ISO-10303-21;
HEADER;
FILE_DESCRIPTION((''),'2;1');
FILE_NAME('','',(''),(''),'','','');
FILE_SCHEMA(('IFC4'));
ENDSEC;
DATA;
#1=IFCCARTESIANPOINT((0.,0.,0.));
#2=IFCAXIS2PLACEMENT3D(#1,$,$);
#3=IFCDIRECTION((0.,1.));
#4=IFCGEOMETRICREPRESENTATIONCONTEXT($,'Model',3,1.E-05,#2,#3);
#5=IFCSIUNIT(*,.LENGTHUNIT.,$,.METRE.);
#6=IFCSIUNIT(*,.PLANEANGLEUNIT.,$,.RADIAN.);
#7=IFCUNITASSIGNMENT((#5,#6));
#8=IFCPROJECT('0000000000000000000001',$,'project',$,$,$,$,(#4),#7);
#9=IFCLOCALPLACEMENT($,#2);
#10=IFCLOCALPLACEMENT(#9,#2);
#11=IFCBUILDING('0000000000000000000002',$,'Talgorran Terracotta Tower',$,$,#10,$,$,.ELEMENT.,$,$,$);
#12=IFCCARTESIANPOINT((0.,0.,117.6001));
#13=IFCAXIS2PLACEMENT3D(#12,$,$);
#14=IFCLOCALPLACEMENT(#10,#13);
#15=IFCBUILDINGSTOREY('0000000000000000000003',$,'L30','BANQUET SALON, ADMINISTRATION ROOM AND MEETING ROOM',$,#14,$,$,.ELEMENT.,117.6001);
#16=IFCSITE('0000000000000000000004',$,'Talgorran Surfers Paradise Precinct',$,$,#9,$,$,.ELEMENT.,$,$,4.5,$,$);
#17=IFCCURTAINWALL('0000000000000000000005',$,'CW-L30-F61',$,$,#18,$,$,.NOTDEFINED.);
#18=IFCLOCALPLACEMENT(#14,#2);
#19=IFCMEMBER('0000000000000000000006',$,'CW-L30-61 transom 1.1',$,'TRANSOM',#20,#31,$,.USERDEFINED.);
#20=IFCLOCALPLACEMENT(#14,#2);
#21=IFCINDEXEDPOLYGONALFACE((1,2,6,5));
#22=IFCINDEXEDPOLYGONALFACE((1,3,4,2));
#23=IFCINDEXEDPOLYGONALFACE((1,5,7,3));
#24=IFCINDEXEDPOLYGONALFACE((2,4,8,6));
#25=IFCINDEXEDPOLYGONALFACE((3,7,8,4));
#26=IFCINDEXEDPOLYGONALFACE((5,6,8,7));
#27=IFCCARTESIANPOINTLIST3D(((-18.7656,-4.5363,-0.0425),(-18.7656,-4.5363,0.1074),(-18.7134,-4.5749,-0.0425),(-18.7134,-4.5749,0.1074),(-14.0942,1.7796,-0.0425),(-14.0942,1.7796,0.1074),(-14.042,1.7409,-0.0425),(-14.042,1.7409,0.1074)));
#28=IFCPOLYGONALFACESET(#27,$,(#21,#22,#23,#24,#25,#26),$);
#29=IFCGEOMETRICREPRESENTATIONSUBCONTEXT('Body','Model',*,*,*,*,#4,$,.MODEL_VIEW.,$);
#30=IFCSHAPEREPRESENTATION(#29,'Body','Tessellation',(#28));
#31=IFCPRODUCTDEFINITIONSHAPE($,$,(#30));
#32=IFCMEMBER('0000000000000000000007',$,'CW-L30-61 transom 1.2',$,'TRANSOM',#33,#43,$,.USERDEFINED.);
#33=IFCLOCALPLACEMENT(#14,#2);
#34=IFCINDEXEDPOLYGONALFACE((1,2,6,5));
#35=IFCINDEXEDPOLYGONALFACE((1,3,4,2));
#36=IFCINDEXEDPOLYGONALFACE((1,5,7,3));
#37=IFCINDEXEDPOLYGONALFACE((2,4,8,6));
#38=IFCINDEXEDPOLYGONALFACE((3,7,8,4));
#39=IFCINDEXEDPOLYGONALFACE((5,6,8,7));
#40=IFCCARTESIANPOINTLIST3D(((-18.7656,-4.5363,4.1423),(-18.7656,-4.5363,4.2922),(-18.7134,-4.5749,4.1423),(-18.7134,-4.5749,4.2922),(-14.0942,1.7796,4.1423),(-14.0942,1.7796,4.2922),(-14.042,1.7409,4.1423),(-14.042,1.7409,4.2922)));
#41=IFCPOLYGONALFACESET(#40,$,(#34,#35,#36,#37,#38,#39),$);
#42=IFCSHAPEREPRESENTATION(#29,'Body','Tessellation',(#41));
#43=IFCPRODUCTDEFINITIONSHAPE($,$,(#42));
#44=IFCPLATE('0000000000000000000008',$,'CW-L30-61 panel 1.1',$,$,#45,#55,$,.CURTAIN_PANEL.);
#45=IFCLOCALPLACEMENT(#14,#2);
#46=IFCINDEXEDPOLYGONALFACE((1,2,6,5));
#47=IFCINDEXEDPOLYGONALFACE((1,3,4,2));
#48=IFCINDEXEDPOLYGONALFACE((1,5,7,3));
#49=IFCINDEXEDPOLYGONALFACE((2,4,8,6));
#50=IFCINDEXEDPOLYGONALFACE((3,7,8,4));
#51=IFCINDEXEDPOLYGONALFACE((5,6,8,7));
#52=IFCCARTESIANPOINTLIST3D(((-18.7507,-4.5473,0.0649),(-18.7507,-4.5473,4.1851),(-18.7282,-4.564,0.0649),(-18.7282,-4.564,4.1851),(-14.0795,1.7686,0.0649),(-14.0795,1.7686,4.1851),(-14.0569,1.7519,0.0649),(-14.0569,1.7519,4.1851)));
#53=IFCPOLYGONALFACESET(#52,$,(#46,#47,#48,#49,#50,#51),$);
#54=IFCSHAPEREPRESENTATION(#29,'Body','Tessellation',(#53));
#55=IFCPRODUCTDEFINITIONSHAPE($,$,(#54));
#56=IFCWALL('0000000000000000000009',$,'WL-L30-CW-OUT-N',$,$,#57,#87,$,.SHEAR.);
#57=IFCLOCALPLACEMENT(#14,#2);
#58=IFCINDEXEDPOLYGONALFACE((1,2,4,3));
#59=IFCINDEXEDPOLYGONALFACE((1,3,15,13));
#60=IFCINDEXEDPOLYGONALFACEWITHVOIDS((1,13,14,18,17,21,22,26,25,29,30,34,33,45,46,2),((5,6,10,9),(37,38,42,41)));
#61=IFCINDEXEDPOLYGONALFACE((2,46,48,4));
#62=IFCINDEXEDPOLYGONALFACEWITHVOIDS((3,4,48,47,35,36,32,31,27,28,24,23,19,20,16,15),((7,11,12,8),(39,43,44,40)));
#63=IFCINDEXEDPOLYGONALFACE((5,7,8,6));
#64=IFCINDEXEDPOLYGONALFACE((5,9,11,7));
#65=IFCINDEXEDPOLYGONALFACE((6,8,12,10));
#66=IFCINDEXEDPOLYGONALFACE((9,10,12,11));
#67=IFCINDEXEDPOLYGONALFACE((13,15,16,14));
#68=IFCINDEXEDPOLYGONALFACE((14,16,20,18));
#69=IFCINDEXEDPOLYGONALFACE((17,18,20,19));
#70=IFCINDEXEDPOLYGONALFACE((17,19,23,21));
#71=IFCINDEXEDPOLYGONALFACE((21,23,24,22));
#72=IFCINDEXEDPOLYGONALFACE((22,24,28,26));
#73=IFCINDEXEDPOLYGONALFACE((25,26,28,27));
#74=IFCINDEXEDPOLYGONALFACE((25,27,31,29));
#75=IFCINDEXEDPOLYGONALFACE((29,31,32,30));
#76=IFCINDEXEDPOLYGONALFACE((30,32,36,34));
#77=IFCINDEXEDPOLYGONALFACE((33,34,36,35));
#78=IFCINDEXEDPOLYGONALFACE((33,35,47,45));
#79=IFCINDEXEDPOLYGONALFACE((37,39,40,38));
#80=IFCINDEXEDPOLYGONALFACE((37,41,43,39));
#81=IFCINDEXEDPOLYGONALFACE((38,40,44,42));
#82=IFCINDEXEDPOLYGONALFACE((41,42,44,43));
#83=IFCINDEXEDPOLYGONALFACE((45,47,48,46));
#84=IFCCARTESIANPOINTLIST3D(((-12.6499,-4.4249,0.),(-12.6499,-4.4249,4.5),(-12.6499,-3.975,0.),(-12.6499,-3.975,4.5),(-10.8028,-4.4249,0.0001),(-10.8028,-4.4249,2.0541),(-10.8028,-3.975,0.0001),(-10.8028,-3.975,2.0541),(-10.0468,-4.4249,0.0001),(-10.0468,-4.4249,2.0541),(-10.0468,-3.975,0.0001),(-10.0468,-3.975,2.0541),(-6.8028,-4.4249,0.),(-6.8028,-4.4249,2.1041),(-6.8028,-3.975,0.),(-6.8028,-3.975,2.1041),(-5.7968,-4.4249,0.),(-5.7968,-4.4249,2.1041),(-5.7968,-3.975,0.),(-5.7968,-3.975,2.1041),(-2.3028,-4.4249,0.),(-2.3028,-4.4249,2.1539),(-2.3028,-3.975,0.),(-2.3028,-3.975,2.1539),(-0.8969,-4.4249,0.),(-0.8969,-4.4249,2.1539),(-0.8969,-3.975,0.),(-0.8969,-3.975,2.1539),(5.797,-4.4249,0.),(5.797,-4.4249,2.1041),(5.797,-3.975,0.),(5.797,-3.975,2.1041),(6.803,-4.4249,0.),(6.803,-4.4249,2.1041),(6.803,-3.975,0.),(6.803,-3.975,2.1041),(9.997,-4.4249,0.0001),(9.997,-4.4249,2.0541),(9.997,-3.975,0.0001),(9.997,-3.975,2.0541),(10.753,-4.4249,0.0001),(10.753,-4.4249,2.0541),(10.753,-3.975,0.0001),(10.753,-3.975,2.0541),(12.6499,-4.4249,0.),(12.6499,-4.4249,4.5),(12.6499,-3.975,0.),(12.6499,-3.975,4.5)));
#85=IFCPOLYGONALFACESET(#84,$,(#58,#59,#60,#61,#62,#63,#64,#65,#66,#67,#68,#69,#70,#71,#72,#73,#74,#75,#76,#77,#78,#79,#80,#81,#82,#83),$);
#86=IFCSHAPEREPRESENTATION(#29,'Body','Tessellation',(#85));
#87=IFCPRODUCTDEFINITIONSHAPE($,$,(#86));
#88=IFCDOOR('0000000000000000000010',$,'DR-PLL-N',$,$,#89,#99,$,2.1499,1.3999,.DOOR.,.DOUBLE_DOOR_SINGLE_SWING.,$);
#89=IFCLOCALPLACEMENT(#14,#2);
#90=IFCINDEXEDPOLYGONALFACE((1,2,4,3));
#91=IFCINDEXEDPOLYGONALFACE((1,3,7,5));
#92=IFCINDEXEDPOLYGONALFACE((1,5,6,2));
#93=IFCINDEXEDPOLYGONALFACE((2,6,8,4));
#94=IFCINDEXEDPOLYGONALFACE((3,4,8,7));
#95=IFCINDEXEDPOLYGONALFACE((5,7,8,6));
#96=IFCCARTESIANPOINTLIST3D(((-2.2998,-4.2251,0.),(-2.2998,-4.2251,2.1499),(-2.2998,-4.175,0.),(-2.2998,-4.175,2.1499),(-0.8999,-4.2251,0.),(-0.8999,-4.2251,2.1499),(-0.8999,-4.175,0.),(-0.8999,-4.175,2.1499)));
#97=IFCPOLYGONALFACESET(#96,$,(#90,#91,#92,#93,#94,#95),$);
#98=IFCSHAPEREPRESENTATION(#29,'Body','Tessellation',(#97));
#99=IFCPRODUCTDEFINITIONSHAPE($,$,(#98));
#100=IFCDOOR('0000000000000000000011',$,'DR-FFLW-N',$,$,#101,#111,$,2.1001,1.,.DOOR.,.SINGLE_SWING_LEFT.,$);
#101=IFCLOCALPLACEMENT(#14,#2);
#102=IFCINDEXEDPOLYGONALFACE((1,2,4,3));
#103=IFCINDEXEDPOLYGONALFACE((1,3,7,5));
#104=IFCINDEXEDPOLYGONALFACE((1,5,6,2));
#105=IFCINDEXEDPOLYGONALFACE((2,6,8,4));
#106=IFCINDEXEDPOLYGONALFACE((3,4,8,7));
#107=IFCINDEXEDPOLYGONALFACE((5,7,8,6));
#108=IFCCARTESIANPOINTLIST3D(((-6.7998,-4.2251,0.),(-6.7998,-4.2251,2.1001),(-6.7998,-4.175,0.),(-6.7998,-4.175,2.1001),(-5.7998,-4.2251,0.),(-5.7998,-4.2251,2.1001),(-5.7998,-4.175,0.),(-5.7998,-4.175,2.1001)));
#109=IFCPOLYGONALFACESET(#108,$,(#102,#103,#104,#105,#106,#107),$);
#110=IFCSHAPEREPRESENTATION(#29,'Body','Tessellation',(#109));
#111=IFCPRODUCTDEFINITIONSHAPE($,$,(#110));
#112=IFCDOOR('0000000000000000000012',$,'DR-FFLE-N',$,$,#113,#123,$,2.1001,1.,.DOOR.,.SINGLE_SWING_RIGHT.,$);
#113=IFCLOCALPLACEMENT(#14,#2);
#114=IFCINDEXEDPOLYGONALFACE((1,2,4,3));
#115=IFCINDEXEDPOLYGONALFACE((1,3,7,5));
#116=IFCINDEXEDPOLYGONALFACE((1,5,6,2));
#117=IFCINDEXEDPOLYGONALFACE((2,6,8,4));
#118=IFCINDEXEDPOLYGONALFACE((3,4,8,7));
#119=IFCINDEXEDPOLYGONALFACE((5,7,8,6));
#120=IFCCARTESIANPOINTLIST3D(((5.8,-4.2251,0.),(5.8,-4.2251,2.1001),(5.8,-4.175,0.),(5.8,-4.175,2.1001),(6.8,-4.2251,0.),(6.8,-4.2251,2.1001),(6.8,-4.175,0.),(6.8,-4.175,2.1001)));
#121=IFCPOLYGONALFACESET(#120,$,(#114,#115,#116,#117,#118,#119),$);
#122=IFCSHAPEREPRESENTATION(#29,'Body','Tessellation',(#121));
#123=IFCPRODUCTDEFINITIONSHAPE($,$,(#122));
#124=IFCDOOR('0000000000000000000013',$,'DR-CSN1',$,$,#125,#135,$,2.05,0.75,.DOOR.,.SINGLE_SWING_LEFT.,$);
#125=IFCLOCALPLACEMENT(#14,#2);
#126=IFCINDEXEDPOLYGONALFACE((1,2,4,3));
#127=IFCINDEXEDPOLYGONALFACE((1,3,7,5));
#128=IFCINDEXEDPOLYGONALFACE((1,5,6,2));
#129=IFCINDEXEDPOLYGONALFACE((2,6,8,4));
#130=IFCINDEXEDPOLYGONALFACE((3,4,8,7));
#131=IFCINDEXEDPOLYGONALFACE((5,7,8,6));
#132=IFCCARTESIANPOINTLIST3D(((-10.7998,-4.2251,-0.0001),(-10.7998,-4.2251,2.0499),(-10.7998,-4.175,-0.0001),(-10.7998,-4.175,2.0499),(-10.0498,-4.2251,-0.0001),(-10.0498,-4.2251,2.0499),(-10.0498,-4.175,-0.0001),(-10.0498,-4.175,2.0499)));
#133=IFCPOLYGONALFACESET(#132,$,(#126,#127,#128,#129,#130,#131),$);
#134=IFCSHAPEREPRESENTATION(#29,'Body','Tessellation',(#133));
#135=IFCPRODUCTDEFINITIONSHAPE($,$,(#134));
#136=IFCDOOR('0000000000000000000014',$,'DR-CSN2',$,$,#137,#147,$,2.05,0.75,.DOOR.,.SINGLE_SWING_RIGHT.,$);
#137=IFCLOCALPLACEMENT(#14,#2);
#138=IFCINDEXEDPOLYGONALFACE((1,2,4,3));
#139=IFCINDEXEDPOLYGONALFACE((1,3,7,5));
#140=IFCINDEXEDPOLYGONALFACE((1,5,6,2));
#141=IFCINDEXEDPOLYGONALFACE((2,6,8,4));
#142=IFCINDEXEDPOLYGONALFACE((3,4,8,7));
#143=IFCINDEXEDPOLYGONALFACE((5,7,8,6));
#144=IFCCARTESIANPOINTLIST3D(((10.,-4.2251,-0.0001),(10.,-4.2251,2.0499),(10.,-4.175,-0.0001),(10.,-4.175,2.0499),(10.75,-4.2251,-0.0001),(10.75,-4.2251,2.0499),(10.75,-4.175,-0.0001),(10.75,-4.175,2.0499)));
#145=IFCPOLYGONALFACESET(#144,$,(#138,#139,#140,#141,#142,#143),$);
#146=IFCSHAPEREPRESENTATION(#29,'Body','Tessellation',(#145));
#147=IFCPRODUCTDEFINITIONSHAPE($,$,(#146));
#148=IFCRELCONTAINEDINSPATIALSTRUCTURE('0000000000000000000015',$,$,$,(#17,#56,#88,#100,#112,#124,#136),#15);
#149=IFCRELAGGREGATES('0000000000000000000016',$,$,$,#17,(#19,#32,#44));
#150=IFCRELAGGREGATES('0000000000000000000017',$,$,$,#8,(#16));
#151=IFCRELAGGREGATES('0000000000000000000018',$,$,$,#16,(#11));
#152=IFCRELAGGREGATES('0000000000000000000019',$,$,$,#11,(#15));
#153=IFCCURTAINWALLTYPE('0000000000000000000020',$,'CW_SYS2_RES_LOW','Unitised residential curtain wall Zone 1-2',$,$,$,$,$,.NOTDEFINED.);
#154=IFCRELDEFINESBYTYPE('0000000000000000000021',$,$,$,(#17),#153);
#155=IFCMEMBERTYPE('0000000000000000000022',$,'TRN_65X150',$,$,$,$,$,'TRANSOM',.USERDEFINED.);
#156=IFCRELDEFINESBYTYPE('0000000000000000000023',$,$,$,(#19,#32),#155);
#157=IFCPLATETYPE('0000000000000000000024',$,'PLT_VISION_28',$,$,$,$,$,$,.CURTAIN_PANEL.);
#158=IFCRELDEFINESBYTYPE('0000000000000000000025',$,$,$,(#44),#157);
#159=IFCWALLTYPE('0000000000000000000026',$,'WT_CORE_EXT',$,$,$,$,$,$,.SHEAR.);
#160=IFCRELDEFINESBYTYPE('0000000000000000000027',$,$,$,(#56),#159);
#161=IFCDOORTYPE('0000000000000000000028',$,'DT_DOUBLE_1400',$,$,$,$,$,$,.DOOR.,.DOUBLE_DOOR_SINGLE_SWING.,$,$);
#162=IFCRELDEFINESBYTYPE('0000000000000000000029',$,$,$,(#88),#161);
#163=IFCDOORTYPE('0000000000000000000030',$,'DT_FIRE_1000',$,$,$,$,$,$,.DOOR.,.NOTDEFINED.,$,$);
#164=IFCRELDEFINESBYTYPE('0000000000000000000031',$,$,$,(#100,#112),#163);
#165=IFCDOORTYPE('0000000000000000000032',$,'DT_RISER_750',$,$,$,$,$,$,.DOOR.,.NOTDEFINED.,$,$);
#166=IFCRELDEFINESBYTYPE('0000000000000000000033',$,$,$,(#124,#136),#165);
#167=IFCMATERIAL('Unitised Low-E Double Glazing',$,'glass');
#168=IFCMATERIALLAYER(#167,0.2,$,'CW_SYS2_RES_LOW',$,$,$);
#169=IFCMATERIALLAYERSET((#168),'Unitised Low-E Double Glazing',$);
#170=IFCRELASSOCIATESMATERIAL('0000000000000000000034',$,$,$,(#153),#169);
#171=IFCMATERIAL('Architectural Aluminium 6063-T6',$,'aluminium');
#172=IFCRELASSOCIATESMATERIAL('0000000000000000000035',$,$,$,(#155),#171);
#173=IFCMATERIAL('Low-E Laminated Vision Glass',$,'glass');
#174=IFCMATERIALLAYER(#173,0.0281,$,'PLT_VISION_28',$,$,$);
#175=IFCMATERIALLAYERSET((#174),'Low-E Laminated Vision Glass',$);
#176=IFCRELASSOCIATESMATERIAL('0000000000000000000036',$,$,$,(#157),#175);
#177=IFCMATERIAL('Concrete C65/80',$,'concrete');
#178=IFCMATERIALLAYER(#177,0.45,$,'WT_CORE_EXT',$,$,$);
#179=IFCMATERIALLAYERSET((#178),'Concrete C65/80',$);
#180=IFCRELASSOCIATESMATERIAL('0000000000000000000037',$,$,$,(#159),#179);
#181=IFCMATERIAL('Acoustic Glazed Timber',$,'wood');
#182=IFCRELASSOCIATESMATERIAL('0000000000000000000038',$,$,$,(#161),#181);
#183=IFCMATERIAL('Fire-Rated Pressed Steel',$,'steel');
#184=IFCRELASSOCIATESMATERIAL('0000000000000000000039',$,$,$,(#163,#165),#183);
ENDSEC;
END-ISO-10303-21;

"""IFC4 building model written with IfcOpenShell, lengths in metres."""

from ifc_helpers import new_model, si_unit, direction, frame, frame_2d, origin, origin_2d, place, context, subcontext, project, spatial, rectangle, extrude, source, transform, mapped, material, layer, layer_set, material_profile, profile_set, type_object, type_shapes, element, fill, aggregate, save


model = new_model("IFC4")

# Units and contexts
model_context = context("Model", 3, precision=1e-05, world=origin(), true_north=direction((0.0, 1.0)))
body_context = subcontext(model_context, "Body", "Model", "MODEL_VIEW")
ifc_project = project(units=[si_unit("LENGTHUNIT", "METRE"), si_unit("PLANEANGLEUNIT", "RADIAN")], contexts=[model_context])

# Site, building, storey
site_placement = place(None, origin())
site = spatial("IfcSite", under=ifc_project, at=site_placement, Name="Talgorran Surfers Paradise Precinct", CompositionType="ELEMENT", RefElevation=4.5)
building_placement = place(site_placement, origin())
building = spatial("IfcBuilding", under=site, at=building_placement, Name="Talgorran Terracotta Tower", CompositionType="ELEMENT")
storey_placement = place(building_placement, frame((0.0, 0.0, 117.6001)))
storey = spatial("IfcBuildingStorey", under=building, at=storey_placement, Name="L30", Description="BANQUET SALON, ADMINISTRATION ROOM AND MEETING ROOM", CompositionType="ELEMENT", Elevation=117.6001)

# Curtain wall, members, plate
ifc_material_1 = material(Name="Unitised Low-E Double Glazing", Category="glass")
ifc_layer_1 = layer(ifc_material_1, 0.2, Name="CW_SYS2_RES_LOW")
ifc_layer_set_1 = layer_set([ifc_layer_1], Name="Unitised Low-E Double Glazing")
curtain_wall_type = type_object("IfcCurtainWallType", Name="CW_SYS2_RES_LOW", Description="Unitised residential curtain wall Zone 1-2", PredefinedType="NOTDEFINED", material=ifc_layer_set_1)
curtain_wall_placement = place(storey_placement, origin())
curtain_wall = element("IfcCurtainWall", 1, at=curtain_wall_placement, inside=storey, type_object=curtain_wall_type, Name="CW-L30-F61", PredefinedType="NOTDEFINED")
ifc_material_2 = material(Name="Architectural Aluminium 6063-T6", Category="aluminium")
ifc_material_profile_1 = material_profile(ifc_material_2, rectangle(XDim=0.0649, YDim=0.1499, at=origin_2d()), Name="CWT65X150")
ifc_profile_set_1 = profile_set([ifc_material_profile_1], Name="Architectural Aluminium 6063-T6")
member_type_1 = type_object("IfcMemberType", Name="TRN_65X150", ElementType="TRANSOM", PredefinedType="USERDEFINED", material=ifc_profile_set_1)
member_1_placement = place(storey_placement, frame((-14.0681, 1.7603, 0.0325), z_axis=(-0.594646, -0.803988, 0.0), x_axis=(0.803988, -0.594646, 0.0)))
member_1 = element("IfcMember", 2, at=member_1_placement, type_object=member_type_1, Name="CW-L30-61 transom 1.1", ObjectType="TRANSOM", PredefinedType="USERDEFINED", context=body_context, shape_type="SweptSolid", body=[
    extrude(rectangle(XDim=0.0649, YDim=0.1499, at=origin_2d()), origin(), (0.0, 0.0, 1.0), 7.8557),
])
member_2_placement = place(storey_placement, frame((-14.0681, 1.7603, 4.2173), z_axis=(-0.594646, -0.803988, 0.0), x_axis=(0.803988, -0.594646, 0.0)))
member_2 = element("IfcMember", 3, at=member_2_placement, type_object=member_type_1, Name="CW-L30-61 transom 1.2", ObjectType="TRANSOM", PredefinedType="USERDEFINED", context=body_context, shape_type="SweptSolid", body=[
    extrude(rectangle(XDim=0.0649, YDim=0.1499, at=origin_2d()), origin(), (0.0, 0.0, 1.0), 7.8557),
])
ifc_material_3 = material(Name="Low-E Laminated Vision Glass", Category="glass")
ifc_layer_2 = layer(ifc_material_3, 0.0281, Name="PLT_VISION_28")
ifc_layer_set_2 = layer_set([ifc_layer_2], Name="Low-E Laminated Vision Glass")
plate_type = type_object("IfcPlateType", Name="PLT_VISION_28", PredefinedType="CURTAIN_PANEL", material=ifc_layer_set_2)
shared_shape = source(origin(), body_context, "Body", "SweptSolid", [
    extrude(rectangle(XDim=7.8557, YDim=0.0281, at=origin_2d()), origin(), (0.0, 0.0, 1.0), 4.1201),
])
type_shapes(plate_type, [shared_shape])
plate_placement = place(storey_placement, frame((-16.4038, -1.3977, 0.0649), z_axis=(0.0, 0.0, 1.0), x_axis=(-0.594635, -0.803996, 0.0)))
plate = element("IfcPlate", 4, at=plate_placement, type_object=plate_type, Name="CW-L30-61 panel 1.1", PredefinedType="CURTAIN_PANEL", context=body_context, shape_type="MappedRepresentation", body=[
    mapped(shared_shape, transform((0.0, 0.0, 0.0), scale=1.0)),
])
aggregate(curtain_wall, [member_1, member_2, plate])

# Wall, openings, doors
ifc_material_4 = material(Name="Concrete C65/80", Category="concrete")
ifc_layer_3 = layer(ifc_material_4, 0.45, Name="WT_CORE_EXT")
ifc_layer_set_3 = layer_set([ifc_layer_3], Name="Concrete C65/80")
wall_type_1 = type_object("IfcWallType", Name="WT_CORE_EXT", PredefinedType="SHEAR", material=ifc_layer_set_3)
wall_1_placement = place(storey_placement, frame((-12.6499, -4.2, 0.0), z_axis=(0.0, 0.0, 1.0), x_axis=(1.0, 0.0, 0.0)))
wall_1 = element("IfcWall", 5, at=wall_1_placement, inside=storey, type_object=wall_type_1, Name="WL-L30-CW-OUT-N", PredefinedType="SHEAR", context=body_context, shape_type="SweptSolid", body=[
    extrude(rectangle(XDim=25.2998, YDim=0.45, at=frame_2d((12.6499, 0.0))), origin(), (0.0, 0.0, 1.0), 4.5),
])
opening_1_placement = place(wall_1_placement, frame((1.8501, 0.0, 0.0)))
opening_1 = element("IfcOpeningElement", 6, at=opening_1_placement, cuts=wall_1, PredefinedType="OPENING", context=body_context, shape_type="SweptSolid", body=[
    extrude(rectangle(XDim=0.756, YDim=2.054, at=frame_2d((0.375, 1.0271))), frame((0.0, 0.2349, 0.0), z_axis=(0.0, -1.0, 0.0), x_axis=(1.0, 0.0, 0.0)), (0.0, 0.0, 1.0), 0.47),
])
opening_2_placement = place(wall_1_placement, frame((22.6499, 0.0, 0.0)))
opening_2 = element("IfcOpeningElement", 7, at=opening_2_placement, cuts=wall_1, PredefinedType="OPENING", context=body_context, shape_type="SweptSolid", body=[
    extrude(rectangle(XDim=0.756, YDim=2.054, at=frame_2d((0.375, 1.0271))), frame((0.0, 0.2349, 0.0), z_axis=(0.0, -1.0, 0.0), x_axis=(1.0, 0.0, 0.0)), (0.0, 0.0, 1.0), 0.47),
])
opening_3_placement = place(wall_1_placement, frame((5.8501, 0.0, 0.0)))
opening_3 = element("IfcOpeningElement", 8, at=opening_3_placement, cuts=wall_1, PredefinedType="OPENING", context=body_context, shape_type="SweptSolid", body=[
    extrude(rectangle(XDim=1.006, YDim=2.1041, at=frame_2d((0.5, 1.052))), frame((0.0, 0.2349, 0.0), z_axis=(0.0, -1.0, 0.0), x_axis=(1.0, 0.0, 0.0)), (0.0, 0.0, 1.0), 0.47),
])
opening_4_placement = place(wall_1_placement, frame((10.3501, 0.0, 0.0)))
opening_4 = element("IfcOpeningElement", 9, at=opening_4_placement, cuts=wall_1, PredefinedType="OPENING", context=body_context, shape_type="SweptSolid", body=[
    extrude(rectangle(XDim=1.4059, YDim=2.1539, at=frame_2d((0.7, 1.0769))), frame((0.0, 0.2349, 0.0), z_axis=(0.0, -1.0, 0.0), x_axis=(1.0, 0.0, 0.0)), (0.0, 0.0, 1.0), 0.47),
])
opening_5_placement = place(wall_1_placement, frame((18.45, 0.0, 0.0)))
opening_5 = element("IfcOpeningElement", 10, at=opening_5_placement, cuts=wall_1, PredefinedType="OPENING", context=body_context, shape_type="SweptSolid", body=[
    extrude(rectangle(XDim=1.006, YDim=2.1041, at=frame_2d((0.5, 1.052))), frame((0.0, 0.2349, 0.0), z_axis=(0.0, -1.0, 0.0), x_axis=(1.0, 0.0, 0.0)), (0.0, 0.0, 1.0), 0.47),
])
ifc_material_5 = material(Name="Acoustic Glazed Timber", Category="wood")
door_type_1 = type_object("IfcDoorType", Name="DT_DOUBLE_1400", OperationType="DOUBLE_DOOR_SINGLE_SWING", PredefinedType="DOOR", material=ifc_material_5)
door_1_placement = place(opening_4_placement, origin())
door_1 = element("IfcDoor", 11, at=door_1_placement, inside=storey, type_object=door_type_1, Name="DR-PLL-N", OperationType="DOUBLE_DOOR_SINGLE_SWING", OverallHeight=2.1499, OverallWidth=1.3999, PredefinedType="DOOR", context=body_context, shape_type="SweptSolid", body=[
    extrude(rectangle(XDim=1.3999, YDim=2.1499, at=frame_2d((0.7, 1.075))), frame((0.0, 0.0249, 0.0), z_axis=(0.0, -1.0, 0.0), x_axis=(1.0, 0.0, 0.0)), (0.0, 0.0, 1.0), 0.05),
])
fill(opening_4, door_1)
ifc_material_6 = material(Name="Fire-Rated Pressed Steel", Category="steel")
door_type_2 = type_object("IfcDoorType", Name="DT_FIRE_1000", OperationType="NOTDEFINED", PredefinedType="DOOR", material=ifc_material_6)
door_2_placement = place(opening_3_placement, origin())
door_2 = element("IfcDoor", 12, at=door_2_placement, inside=storey, type_object=door_type_2, Name="DR-FFLW-N", OperationType="SINGLE_SWING_LEFT", OverallHeight=2.1001, OverallWidth=1.0, PredefinedType="DOOR", context=body_context, shape_type="SweptSolid", body=[
    extrude(rectangle(XDim=1.0, YDim=2.1001, at=frame_2d((0.5, 1.05))), frame((0.0, 0.0249, 0.0), z_axis=(0.0, -1.0, 0.0), x_axis=(1.0, 0.0, 0.0)), (0.0, 0.0, 1.0), 0.05),
])
fill(opening_3, door_2)
door_3_placement = place(opening_5_placement, origin())
door_3 = element("IfcDoor", 13, at=door_3_placement, inside=storey, type_object=door_type_2, Name="DR-FFLE-N", OperationType="SINGLE_SWING_RIGHT", OverallHeight=2.1001, OverallWidth=1.0, PredefinedType="DOOR", context=body_context, shape_type="SweptSolid", body=[
    extrude(rectangle(XDim=1.0, YDim=2.1001, at=frame_2d((0.5, 1.05))), frame((0.0, 0.0249, 0.0), z_axis=(0.0, -1.0, 0.0), x_axis=(1.0, 0.0, 0.0)), (0.0, 0.0, 1.0), 0.05),
])
fill(opening_5, door_3)
door_type_3 = type_object("IfcDoorType", Name="DT_RISER_750", OperationType="NOTDEFINED", PredefinedType="DOOR", material=ifc_material_6)
door_4_placement = place(opening_1_placement, origin())
door_4 = element("IfcDoor", 14, at=door_4_placement, inside=storey, type_object=door_type_3, Name="DR-CSN1", OperationType="SINGLE_SWING_LEFT", OverallHeight=2.05, OverallWidth=0.75, PredefinedType="DOOR", context=body_context, shape_type="SweptSolid", body=[
    extrude(rectangle(XDim=0.75, YDim=2.05, at=frame_2d((0.375, 1.0249))), frame((0.0, 0.0249, 0.0), z_axis=(0.0, -1.0, 0.0), x_axis=(1.0, 0.0, 0.0)), (0.0, 0.0, 1.0), 0.05),
])
fill(opening_1, door_4)
door_5_placement = place(opening_2_placement, origin())
door_5 = element("IfcDoor", 15, at=door_5_placement, inside=storey, type_object=door_type_3, Name="DR-CSN2", OperationType="SINGLE_SWING_RIGHT", OverallHeight=2.05, OverallWidth=0.75, PredefinedType="DOOR", context=body_context, shape_type="SweptSolid", body=[
    extrude(rectangle(XDim=0.75, YDim=2.05, at=frame_2d((0.375, 1.0249))), frame((0.0, 0.0249, 0.0), z_axis=(0.0, -1.0, 0.0), x_axis=(1.0, 0.0, 0.0)), (0.0, 0.0, 1.0), 0.05),
])
fill(opening_2, door_5)

save(model, "model.ifc")
